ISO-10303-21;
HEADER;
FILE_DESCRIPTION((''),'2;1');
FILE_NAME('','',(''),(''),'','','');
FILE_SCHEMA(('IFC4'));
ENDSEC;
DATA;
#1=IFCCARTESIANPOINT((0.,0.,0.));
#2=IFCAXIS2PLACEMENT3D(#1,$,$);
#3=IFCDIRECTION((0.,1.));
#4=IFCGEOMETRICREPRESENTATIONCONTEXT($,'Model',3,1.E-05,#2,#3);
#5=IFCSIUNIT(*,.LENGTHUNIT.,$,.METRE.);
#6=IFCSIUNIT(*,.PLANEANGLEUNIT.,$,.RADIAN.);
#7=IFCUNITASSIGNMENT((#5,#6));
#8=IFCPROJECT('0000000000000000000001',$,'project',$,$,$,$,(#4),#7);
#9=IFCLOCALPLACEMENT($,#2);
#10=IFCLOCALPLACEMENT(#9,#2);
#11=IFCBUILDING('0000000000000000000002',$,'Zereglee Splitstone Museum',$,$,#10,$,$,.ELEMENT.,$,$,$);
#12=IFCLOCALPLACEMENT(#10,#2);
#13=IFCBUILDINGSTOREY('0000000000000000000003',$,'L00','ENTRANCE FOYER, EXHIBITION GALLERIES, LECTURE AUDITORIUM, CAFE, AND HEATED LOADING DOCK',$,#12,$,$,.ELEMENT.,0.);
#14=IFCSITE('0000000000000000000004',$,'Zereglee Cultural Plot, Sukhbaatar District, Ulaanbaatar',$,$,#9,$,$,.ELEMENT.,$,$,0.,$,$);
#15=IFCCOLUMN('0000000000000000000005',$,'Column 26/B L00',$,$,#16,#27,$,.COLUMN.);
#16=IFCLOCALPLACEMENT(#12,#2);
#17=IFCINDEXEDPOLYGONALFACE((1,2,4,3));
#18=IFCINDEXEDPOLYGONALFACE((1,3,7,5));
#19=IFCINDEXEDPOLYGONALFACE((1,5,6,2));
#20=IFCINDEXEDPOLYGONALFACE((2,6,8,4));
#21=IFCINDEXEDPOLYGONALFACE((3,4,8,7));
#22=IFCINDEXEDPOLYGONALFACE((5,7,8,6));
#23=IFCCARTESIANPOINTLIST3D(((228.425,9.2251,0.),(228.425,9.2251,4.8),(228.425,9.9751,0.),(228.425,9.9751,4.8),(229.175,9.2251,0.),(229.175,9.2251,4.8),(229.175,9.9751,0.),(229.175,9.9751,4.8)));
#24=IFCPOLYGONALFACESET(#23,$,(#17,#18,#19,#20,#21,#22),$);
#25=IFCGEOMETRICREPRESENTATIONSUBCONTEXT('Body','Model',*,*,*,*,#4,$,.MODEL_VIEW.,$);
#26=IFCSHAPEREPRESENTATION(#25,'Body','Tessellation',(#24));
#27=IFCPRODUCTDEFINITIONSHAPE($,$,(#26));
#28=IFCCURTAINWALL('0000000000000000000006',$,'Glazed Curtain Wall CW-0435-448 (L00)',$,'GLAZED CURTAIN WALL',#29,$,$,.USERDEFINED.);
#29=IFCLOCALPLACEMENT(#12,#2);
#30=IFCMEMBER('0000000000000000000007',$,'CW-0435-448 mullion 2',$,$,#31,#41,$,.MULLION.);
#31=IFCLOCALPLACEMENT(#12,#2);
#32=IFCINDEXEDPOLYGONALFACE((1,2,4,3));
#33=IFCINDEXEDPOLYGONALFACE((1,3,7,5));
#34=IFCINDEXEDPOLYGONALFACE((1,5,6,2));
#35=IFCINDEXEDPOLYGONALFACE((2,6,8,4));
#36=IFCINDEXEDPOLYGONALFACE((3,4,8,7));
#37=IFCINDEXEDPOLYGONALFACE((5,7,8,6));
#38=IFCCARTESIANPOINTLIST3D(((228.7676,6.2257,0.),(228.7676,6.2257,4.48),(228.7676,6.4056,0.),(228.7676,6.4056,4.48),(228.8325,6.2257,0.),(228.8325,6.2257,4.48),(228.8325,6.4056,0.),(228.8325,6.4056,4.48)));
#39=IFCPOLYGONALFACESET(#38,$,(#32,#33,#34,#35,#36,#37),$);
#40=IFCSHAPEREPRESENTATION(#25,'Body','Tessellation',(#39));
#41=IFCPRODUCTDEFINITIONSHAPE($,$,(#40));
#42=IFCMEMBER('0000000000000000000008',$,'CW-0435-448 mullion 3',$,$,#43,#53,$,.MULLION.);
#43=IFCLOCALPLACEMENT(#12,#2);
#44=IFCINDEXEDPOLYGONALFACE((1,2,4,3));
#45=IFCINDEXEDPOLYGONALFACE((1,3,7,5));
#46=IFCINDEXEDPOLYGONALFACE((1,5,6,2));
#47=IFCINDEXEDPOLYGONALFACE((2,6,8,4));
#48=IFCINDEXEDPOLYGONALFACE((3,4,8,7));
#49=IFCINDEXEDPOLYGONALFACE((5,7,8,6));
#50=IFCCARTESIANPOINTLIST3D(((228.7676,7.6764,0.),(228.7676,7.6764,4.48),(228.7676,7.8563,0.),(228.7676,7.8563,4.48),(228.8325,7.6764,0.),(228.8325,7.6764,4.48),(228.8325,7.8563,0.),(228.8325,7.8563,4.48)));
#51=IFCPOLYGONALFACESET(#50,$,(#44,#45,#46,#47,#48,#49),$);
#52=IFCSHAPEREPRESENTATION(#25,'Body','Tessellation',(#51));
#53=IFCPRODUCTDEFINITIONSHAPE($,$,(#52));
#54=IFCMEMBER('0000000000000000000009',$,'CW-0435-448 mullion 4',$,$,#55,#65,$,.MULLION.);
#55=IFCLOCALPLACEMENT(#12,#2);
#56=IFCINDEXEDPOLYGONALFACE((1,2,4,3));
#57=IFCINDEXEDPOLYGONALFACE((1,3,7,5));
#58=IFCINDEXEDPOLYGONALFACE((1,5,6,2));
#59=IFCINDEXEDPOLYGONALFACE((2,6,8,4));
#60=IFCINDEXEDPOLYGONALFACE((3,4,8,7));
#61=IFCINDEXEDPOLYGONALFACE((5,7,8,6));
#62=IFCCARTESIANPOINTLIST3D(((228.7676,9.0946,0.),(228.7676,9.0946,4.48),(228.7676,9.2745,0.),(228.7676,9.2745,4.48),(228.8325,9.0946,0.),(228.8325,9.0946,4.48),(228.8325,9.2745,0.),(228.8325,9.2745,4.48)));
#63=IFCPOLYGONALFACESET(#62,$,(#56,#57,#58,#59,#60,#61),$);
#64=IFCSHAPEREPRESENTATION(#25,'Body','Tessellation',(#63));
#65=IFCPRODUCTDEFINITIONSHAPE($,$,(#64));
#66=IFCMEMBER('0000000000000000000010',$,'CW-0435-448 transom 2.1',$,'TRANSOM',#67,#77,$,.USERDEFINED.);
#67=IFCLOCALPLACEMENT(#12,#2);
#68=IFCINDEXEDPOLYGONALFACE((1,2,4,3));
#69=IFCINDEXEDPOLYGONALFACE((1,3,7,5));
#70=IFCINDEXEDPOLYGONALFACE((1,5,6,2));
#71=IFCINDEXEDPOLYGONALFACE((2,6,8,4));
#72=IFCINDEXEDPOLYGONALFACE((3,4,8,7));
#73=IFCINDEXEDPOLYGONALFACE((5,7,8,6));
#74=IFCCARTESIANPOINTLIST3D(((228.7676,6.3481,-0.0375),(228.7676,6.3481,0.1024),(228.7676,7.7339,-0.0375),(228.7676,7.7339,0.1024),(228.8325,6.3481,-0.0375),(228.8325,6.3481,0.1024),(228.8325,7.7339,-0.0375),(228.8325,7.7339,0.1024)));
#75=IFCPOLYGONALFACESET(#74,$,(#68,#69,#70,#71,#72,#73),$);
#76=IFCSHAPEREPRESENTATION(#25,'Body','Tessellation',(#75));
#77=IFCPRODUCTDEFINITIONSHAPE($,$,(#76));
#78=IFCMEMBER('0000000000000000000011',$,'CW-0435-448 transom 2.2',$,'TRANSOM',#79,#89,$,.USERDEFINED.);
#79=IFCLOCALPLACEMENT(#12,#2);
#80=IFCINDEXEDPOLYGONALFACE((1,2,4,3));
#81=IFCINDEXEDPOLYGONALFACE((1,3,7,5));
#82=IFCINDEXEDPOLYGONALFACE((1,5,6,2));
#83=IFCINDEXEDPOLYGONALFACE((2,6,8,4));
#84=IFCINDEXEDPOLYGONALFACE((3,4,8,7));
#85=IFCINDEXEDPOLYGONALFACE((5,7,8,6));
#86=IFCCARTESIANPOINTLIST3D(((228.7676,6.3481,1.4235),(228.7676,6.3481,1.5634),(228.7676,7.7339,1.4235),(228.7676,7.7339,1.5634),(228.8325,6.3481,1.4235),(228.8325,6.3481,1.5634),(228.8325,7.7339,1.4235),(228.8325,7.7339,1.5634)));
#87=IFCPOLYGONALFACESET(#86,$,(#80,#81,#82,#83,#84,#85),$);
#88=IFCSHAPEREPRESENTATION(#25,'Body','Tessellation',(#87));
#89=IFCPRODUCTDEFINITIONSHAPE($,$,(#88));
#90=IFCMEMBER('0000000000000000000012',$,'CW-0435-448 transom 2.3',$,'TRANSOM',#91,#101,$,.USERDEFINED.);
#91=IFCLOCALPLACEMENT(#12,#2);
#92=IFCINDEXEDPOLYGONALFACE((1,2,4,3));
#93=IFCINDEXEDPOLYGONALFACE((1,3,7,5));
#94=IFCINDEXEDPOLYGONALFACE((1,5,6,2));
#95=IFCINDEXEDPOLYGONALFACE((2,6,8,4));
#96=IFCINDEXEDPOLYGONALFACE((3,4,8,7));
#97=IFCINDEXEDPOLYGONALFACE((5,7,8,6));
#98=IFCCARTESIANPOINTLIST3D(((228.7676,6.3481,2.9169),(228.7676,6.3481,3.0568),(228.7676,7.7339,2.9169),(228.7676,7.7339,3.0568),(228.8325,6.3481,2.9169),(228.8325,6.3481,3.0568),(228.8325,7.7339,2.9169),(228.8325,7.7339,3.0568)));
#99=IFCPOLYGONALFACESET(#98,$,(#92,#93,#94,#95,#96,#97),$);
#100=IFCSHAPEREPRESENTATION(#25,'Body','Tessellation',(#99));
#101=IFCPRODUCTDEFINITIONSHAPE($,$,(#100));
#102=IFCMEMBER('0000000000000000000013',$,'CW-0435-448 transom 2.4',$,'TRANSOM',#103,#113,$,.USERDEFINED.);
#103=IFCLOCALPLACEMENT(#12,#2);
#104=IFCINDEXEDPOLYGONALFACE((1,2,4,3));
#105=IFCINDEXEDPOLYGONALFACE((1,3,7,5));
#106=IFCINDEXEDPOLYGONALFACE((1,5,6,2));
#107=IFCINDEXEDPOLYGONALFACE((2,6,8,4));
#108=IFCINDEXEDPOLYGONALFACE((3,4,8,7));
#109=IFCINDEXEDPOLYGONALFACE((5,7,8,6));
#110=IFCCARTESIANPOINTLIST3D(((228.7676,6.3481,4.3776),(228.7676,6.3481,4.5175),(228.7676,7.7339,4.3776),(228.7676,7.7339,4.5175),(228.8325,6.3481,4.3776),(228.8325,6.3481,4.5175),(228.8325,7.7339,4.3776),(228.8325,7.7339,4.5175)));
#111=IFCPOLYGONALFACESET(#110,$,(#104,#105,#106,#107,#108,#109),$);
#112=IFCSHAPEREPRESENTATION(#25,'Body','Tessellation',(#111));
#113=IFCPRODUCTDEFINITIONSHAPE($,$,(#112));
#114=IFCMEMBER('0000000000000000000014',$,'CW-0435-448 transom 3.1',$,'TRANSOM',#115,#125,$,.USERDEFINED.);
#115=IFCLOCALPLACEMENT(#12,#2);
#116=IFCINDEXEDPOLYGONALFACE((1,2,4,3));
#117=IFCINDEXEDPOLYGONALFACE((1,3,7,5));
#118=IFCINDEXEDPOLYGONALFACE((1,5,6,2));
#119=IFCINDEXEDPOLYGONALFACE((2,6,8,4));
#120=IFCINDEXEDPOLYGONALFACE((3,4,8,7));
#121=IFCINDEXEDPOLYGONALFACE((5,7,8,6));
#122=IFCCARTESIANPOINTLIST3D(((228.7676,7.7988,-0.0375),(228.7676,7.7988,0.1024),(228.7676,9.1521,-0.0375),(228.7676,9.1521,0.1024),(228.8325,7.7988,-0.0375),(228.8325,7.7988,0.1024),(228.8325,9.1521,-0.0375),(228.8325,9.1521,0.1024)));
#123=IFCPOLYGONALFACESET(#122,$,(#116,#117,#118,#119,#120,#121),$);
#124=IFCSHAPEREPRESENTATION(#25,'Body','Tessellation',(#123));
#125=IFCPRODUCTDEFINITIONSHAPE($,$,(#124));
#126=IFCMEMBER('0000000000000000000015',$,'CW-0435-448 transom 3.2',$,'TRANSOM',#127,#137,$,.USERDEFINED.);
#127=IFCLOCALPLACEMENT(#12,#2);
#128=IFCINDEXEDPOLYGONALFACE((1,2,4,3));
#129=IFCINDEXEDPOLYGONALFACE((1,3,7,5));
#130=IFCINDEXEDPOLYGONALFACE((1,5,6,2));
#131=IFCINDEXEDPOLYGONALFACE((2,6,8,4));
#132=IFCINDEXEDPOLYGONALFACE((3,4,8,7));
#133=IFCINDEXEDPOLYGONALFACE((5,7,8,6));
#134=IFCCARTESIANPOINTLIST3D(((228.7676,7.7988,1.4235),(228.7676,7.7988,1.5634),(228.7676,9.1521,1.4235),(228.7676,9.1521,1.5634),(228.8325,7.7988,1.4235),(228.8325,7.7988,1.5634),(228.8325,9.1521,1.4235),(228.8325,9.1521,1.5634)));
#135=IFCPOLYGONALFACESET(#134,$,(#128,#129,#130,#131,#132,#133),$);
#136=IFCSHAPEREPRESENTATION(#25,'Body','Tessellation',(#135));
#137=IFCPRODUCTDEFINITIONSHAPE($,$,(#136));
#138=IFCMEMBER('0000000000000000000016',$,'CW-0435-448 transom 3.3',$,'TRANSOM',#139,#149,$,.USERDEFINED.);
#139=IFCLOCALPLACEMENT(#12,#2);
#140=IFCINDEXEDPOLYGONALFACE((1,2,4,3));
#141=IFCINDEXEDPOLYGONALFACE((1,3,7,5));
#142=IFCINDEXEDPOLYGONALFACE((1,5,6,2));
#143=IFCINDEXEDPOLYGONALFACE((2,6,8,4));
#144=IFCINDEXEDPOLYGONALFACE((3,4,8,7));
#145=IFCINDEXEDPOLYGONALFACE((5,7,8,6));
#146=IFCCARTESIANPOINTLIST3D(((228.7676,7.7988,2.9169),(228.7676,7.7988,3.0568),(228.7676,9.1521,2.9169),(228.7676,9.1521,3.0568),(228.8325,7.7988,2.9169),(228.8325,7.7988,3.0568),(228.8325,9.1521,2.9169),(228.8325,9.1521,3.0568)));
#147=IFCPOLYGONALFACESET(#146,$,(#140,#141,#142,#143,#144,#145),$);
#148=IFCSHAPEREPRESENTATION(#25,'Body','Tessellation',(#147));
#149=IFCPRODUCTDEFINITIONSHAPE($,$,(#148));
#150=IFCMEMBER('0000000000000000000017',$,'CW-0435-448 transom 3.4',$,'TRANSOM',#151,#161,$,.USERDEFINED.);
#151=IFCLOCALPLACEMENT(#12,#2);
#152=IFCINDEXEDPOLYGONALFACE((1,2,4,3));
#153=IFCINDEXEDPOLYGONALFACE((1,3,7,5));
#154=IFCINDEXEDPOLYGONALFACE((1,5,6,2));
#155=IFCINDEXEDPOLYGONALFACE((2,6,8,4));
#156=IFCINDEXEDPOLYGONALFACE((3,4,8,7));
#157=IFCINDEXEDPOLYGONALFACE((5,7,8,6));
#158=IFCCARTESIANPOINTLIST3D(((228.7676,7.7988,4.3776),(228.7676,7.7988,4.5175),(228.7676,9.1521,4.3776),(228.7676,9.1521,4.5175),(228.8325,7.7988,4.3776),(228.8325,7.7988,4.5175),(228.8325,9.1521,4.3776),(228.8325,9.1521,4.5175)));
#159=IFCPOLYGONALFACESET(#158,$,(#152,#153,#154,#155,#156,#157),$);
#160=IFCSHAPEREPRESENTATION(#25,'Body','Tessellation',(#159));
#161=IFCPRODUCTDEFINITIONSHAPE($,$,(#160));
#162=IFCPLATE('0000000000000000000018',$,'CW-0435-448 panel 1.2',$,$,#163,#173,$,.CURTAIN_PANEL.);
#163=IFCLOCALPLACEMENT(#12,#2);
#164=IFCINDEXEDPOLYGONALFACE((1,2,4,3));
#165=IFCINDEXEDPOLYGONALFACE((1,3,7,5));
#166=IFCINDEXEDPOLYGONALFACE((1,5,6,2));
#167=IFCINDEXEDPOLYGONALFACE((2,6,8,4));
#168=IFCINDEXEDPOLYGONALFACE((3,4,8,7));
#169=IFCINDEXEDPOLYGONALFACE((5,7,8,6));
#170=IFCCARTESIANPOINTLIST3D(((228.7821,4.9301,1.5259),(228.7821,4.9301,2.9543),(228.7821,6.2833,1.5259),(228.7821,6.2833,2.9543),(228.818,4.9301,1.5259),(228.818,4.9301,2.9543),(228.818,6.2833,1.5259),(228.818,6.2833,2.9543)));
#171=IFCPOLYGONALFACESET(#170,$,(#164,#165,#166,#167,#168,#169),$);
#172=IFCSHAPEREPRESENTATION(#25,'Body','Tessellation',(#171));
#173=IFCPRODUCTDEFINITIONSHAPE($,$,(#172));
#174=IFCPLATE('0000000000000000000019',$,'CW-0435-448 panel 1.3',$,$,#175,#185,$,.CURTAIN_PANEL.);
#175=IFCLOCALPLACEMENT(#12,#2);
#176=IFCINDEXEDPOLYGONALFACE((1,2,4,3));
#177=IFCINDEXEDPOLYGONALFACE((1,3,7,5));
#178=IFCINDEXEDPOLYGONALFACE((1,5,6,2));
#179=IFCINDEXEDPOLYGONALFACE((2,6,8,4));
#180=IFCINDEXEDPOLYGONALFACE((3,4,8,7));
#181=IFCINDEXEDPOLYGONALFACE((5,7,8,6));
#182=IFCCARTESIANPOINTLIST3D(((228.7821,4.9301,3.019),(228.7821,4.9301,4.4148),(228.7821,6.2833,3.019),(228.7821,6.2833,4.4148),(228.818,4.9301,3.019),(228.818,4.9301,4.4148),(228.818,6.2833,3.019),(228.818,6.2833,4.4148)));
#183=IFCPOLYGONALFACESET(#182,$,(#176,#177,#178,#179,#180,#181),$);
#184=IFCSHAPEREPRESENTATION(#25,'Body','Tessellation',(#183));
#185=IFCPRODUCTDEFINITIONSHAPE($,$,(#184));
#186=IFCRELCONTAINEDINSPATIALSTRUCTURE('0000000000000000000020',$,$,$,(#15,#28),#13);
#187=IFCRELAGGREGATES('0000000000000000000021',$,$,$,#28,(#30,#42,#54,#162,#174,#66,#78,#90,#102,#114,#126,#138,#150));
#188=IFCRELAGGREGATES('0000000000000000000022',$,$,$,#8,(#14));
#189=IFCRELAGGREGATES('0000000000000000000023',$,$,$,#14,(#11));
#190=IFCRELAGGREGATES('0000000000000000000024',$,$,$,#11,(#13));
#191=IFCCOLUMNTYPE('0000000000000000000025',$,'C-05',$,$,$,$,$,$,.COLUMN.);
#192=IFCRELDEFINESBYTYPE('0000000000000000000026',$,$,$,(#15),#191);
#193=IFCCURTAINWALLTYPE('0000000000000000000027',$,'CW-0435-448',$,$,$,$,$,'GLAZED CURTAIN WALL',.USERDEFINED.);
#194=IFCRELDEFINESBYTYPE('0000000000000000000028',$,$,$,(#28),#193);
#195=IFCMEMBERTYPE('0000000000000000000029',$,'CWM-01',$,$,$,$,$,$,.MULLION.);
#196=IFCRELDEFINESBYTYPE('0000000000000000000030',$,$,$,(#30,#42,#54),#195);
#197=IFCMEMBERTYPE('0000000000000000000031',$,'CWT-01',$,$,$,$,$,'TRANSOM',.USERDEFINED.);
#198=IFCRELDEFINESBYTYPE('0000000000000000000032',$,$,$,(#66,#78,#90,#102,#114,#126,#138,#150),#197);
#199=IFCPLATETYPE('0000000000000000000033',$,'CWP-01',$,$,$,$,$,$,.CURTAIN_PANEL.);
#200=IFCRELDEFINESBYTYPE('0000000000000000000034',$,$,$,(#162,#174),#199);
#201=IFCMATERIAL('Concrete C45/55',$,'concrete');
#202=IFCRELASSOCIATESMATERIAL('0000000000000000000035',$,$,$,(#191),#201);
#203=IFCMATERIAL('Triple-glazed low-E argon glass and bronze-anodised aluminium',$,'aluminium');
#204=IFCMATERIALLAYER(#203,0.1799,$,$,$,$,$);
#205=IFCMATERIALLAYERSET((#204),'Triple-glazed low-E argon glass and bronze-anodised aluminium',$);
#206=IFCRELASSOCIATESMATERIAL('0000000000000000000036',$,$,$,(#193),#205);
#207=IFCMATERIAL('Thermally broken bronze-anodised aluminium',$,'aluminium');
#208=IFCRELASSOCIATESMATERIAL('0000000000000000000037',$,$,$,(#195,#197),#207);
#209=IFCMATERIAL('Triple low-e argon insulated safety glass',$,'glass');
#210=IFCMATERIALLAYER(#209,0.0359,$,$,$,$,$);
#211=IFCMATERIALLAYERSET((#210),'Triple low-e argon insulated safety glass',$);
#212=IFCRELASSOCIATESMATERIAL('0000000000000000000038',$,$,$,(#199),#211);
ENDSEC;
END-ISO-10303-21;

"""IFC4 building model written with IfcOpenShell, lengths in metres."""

from ifc_helpers import new_model, si_unit, direction, frame, origin, origin_2d, place, context, subcontext, project, spatial, rectangle, extrude, material, layer, layer_set, material_profile, profile_set, type_object, element, aggregate, save


model = new_model("IFC4")

# Units and contexts
model_context = context("Model", 3, precision=1e-05, world=origin(), true_north=direction((0.0, 1.0)))
body_context = subcontext(model_context, "Body", "Model", "MODEL_VIEW")
ifc_project = project(units=[si_unit("LENGTHUNIT", "METRE"), si_unit("PLANEANGLEUNIT", "RADIAN")], contexts=[model_context])

# Site, building, storey
site_placement = place(None, origin())
site = spatial("IfcSite", under=ifc_project, at=site_placement, Name="Zereglee Cultural Plot, Sukhbaatar District, Ulaanbaatar", CompositionType="ELEMENT", RefElevation=0.0)
building_placement = place(site_placement, origin())
building = spatial("IfcBuilding", under=site, at=building_placement, Name="Zereglee Splitstone Museum", CompositionType="ELEMENT")
storey_placement = place(building_placement, origin())
storey = spatial("IfcBuildingStorey", under=building, at=storey_placement, Name="L00", Description="ENTRANCE FOYER, EXHIBITION GALLERIES, LECTURE AUDITORIUM, CAFE, AND HEATED LOADING DOCK", CompositionType="ELEMENT", Elevation=0.0)

# Column
ifc_material_1 = material(Name="Concrete C45/55", Category="concrete")
ifc_material_profile_1 = material_profile(ifc_material_1, rectangle(XDim=0.75, YDim=0.75, at=origin_2d()), Name="RC 750x750")
ifc_profile_set_1 = profile_set([ifc_material_profile_1], Name="Concrete C45/55")
column_type = type_object("IfcColumnType", Name="C-05", PredefinedType="COLUMN", material=ifc_profile_set_1)
column_placement = place(storey_placement, frame((228.8, 9.6001, 0.0), z_axis=(0.0, 0.0, 1.0), x_axis=(1.0, 0.0, 0.0)))
element("IfcColumn", 1, at=column_placement, inside=storey, type_object=column_type, Name="Column 26/B L00", PredefinedType="COLUMN", context=body_context, shape_type="SweptSolid", body=[
    extrude(rectangle(XDim=0.75, YDim=0.75, at=origin_2d()), origin(), (0.0, 0.0, 1.0), 4.8),
])

# Curtain wall, members, plates
ifc_material_2 = material(Name="Triple-glazed low-E argon glass and bronze-anodised aluminium", Category="aluminium")
ifc_layer_1 = layer(ifc_material_2, 0.1799)
ifc_layer_set_1 = layer_set([ifc_layer_1], Name="Triple-glazed low-E argon glass and bronze-anodised aluminium")
curtain_wall_type = type_object("IfcCurtainWallType", Name="CW-0435-448", ElementType="GLAZED CURTAIN WALL", PredefinedType="USERDEFINED", material=ifc_layer_set_1)
curtain_wall_placement = place(storey_placement, origin())
curtain_wall = element("IfcCurtainWall", 2, at=curtain_wall_placement, inside=storey, type_object=curtain_wall_type, Name="Glazed Curtain Wall CW-0435-448 (L00)", ObjectType="GLAZED CURTAIN WALL", PredefinedType="USERDEFINED")
ifc_material_3 = material(Name="Thermally broken bronze-anodised aluminium", Category="aluminium")
ifc_material_profile_2 = material_profile(ifc_material_3, rectangle(XDim=0.0649, YDim=0.1799, at=origin_2d()), Name="CW MULL 65x180")
ifc_profile_set_2 = profile_set([ifc_material_profile_2], Name="Thermally broken bronze-anodised aluminium")
member_type_1 = type_object("IfcMemberType", Name="CWM-01", PredefinedType="MULLION", material=ifc_profile_set_2)
member_1_placement = place(storey_placement, frame((228.8, 6.3157, 0.0), z_axis=(0.0, 0.0, 1.0), x_axis=(-1.0, 0.0, 0.0)))
member_1 = element("IfcMember", 3, at=member_1_placement, type_object=member_type_1, Name="CW-0435-448 mullion 2", PredefinedType="MULLION", context=body_context, shape_type="SweptSolid", body=[
    extrude(rectangle(XDim=0.0649, YDim=0.1799, at=origin_2d()), origin(), (0.0, 0.0, 1.0), 4.48),
])
member_2_placement = place(storey_placement, frame((228.8, 7.7664, 0.0), z_axis=(0.0, 0.0, 1.0), x_axis=(-1.0, 0.0, 0.0)))
member_2 = element("IfcMember", 4, at=member_2_placement, type_object=member_type_1, Name="CW-0435-448 mullion 3", PredefinedType="MULLION", context=body_context, shape_type="SweptSolid", body=[
    extrude(rectangle(XDim=0.0649, YDim=0.1799, at=origin_2d()), origin(), (0.0, 0.0, 1.0), 4.48),
])
member_3_placement = place(storey_placement, frame((228.8, 9.1846, 0.0), z_axis=(0.0, 0.0, 1.0), x_axis=(-1.0, 0.0, 0.0)))
member_3 = element("IfcMember", 5, at=member_3_placement, type_object=member_type_1, Name="CW-0435-448 mullion 4", PredefinedType="MULLION", context=body_context, shape_type="SweptSolid", body=[
    extrude(rectangle(XDim=0.0649, YDim=0.1799, at=origin_2d()), origin(), (0.0, 0.0, 1.0), 4.48),
])
ifc_material_profile_3 = material_profile(ifc_material_3, rectangle(XDim=0.0649, YDim=0.1399, at=origin_2d()), Name="CW TRAN 65x140")
ifc_profile_set_3 = profile_set([ifc_material_profile_3], Name="Thermally broken bronze-anodised aluminium")
member_type_2 = type_object("IfcMemberType", Name="CWT-01", ElementType="TRANSOM", PredefinedType="USERDEFINED", material=ifc_profile_set_3)
member_4_placement = place(storey_placement, frame((228.8, 6.3481, 0.0325), z_axis=(0.0, 1.0, 0.0), x_axis=(-1.0, 0.0, 0.0)))
member_4 = element("IfcMember", 6, at=member_4_placement, type_object=member_type_2, Name="CW-0435-448 transom 2.1", ObjectType="TRANSOM", PredefinedType="USERDEFINED", context=body_context, shape_type="SweptSolid", body=[
    extrude(rectangle(XDim=0.0649, YDim=0.1399, at=origin_2d()), origin(), (0.0, 0.0, 1.0), 1.3857),
])
member_5_placement = place(storey_placement, frame((228.8, 6.3481, 1.4934), z_axis=(0.0, 1.0, 0.0), x_axis=(-1.0, 0.0, 0.0)))
member_5 = element("IfcMember", 7, at=member_5_placement, type_object=member_type_2, Name="CW-0435-448 transom 2.2", ObjectType="TRANSOM", PredefinedType="USERDEFINED", context=body_context, shape_type="SweptSolid", body=[
    extrude(rectangle(XDim=0.0649, YDim=0.1399, at=origin_2d()), origin(), (0.0, 0.0, 1.0), 1.3857),
])
member_6_placement = place(storey_placement, frame((228.8, 6.3481, 2.9868), z_axis=(0.0, 1.0, 0.0), x_axis=(-1.0, 0.0, 0.0)))
member_6 = element("IfcMember", 8, at=member_6_placement, type_object=member_type_2, Name="CW-0435-448 transom 2.3", ObjectType="TRANSOM", PredefinedType="USERDEFINED", context=body_context, shape_type="SweptSolid", body=[
    extrude(rectangle(XDim=0.0649, YDim=0.1399, at=origin_2d()), origin(), (0.0, 0.0, 1.0), 1.3857),
])
member_7_placement = place(storey_placement, frame((228.8, 6.3481, 4.4475), z_axis=(0.0, 1.0, 0.0), x_axis=(-1.0, 0.0, 0.0)))
member_7 = element("IfcMember", 9, at=member_7_placement, type_object=member_type_2, Name="CW-0435-448 transom 2.4", ObjectType="TRANSOM", PredefinedType="USERDEFINED", context=body_context, shape_type="SweptSolid", body=[
    extrude(rectangle(XDim=0.0649, YDim=0.1399, at=origin_2d()), origin(), (0.0, 0.0, 1.0), 1.3857),
])
member_8_placement = place(storey_placement, frame((228.8, 7.7988, 0.0325), z_axis=(0.0, 1.0, 0.0), x_axis=(-1.0, 0.0, 0.0)))
member_8 = element("IfcMember", 10, at=member_8_placement, type_object=member_type_2, Name="CW-0435-448 transom 3.1", ObjectType="TRANSOM", PredefinedType="USERDEFINED", context=body_context, shape_type="SweptSolid", body=[
    extrude(rectangle(XDim=0.0649, YDim=0.1399, at=origin_2d()), origin(), (0.0, 0.0, 1.0), 1.3533),
])
member_9_placement = place(storey_placement, frame((228.8, 7.7988, 1.4934), z_axis=(0.0, 1.0, 0.0), x_axis=(-1.0, 0.0, 0.0)))
member_9 = element("IfcMember", 11, at=member_9_placement, type_object=member_type_2, Name="CW-0435-448 transom 3.2", ObjectType="TRANSOM", PredefinedType="USERDEFINED", context=body_context, shape_type="SweptSolid", body=[
    extrude(rectangle(XDim=0.0649, YDim=0.1399, at=origin_2d()), origin(), (0.0, 0.0, 1.0), 1.3533),
])
member_10_placement = place(storey_placement, frame((228.8, 7.7988, 2.9868), z_axis=(0.0, 1.0, 0.0), x_axis=(-1.0, 0.0, 0.0)))
member_10 = element("IfcMember", 12, at=member_10_placement, type_object=member_type_2, Name="CW-0435-448 transom 3.3", ObjectType="TRANSOM", PredefinedType="USERDEFINED", context=body_context, shape_type="SweptSolid", body=[
    extrude(rectangle(XDim=0.0649, YDim=0.1399, at=origin_2d()), origin(), (0.0, 0.0, 1.0), 1.3533),
])
member_11_placement = place(storey_placement, frame((228.8, 7.7988, 4.4475), z_axis=(0.0, 1.0, 0.0), x_axis=(-1.0, 0.0, 0.0)))
member_11 = element("IfcMember", 13, at=member_11_placement, type_object=member_type_2, Name="CW-0435-448 transom 3.4", ObjectType="TRANSOM", PredefinedType="USERDEFINED", context=body_context, shape_type="SweptSolid", body=[
    extrude(rectangle(XDim=0.0649, YDim=0.1399, at=origin_2d()), origin(), (0.0, 0.0, 1.0), 1.3533),
])
ifc_material_4 = material(Name="Triple low-e argon insulated safety glass", Category="glass")
ifc_layer_2 = layer(ifc_material_4, 0.0359)
ifc_layer_set_2 = layer_set([ifc_layer_2], Name="Triple low-e argon insulated safety glass")
plate_type = type_object("IfcPlateType", Name="CWP-01", PredefinedType="CURTAIN_PANEL", material=ifc_layer_set_2)
plate_1_placement = place(storey_placement, frame((228.8, 5.6067, 1.5259), z_axis=(0.0, 0.0, 1.0), x_axis=(0.0, 1.0, 0.0)))
plate_1 = element("IfcPlate", 14, at=plate_1_placement, type_object=plate_type, Name="CW-0435-448 panel 1.2", PredefinedType="CURTAIN_PANEL", context=body_context, shape_type="SweptSolid", body=[
    extrude(rectangle(XDim=1.3533, YDim=0.0359, at=origin_2d()), origin(), (0.0, 0.0, 1.0), 1.4285),
])
plate_2_placement = place(storey_placement, frame((228.8, 5.6067, 3.019), z_axis=(0.0, 0.0, 1.0), x_axis=(0.0, 1.0, 0.0)))
plate_2 = element("IfcPlate", 15, at=plate_2_placement, type_object=plate_type, Name="CW-0435-448 panel 1.3", PredefinedType="CURTAIN_PANEL", context=body_context, shape_type="SweptSolid", body=[
    extrude(rectangle(XDim=1.3533, YDim=0.0359, at=origin_2d()), origin(), (0.0, 0.0, 1.0), 1.3958),
])
aggregate(curtain_wall, [member_1, member_2, member_3, plate_1, plate_2, member_4, member_5, member_6, member_7, member_8, member_9, member_10, member_11])

save(model, "model.ifc")
